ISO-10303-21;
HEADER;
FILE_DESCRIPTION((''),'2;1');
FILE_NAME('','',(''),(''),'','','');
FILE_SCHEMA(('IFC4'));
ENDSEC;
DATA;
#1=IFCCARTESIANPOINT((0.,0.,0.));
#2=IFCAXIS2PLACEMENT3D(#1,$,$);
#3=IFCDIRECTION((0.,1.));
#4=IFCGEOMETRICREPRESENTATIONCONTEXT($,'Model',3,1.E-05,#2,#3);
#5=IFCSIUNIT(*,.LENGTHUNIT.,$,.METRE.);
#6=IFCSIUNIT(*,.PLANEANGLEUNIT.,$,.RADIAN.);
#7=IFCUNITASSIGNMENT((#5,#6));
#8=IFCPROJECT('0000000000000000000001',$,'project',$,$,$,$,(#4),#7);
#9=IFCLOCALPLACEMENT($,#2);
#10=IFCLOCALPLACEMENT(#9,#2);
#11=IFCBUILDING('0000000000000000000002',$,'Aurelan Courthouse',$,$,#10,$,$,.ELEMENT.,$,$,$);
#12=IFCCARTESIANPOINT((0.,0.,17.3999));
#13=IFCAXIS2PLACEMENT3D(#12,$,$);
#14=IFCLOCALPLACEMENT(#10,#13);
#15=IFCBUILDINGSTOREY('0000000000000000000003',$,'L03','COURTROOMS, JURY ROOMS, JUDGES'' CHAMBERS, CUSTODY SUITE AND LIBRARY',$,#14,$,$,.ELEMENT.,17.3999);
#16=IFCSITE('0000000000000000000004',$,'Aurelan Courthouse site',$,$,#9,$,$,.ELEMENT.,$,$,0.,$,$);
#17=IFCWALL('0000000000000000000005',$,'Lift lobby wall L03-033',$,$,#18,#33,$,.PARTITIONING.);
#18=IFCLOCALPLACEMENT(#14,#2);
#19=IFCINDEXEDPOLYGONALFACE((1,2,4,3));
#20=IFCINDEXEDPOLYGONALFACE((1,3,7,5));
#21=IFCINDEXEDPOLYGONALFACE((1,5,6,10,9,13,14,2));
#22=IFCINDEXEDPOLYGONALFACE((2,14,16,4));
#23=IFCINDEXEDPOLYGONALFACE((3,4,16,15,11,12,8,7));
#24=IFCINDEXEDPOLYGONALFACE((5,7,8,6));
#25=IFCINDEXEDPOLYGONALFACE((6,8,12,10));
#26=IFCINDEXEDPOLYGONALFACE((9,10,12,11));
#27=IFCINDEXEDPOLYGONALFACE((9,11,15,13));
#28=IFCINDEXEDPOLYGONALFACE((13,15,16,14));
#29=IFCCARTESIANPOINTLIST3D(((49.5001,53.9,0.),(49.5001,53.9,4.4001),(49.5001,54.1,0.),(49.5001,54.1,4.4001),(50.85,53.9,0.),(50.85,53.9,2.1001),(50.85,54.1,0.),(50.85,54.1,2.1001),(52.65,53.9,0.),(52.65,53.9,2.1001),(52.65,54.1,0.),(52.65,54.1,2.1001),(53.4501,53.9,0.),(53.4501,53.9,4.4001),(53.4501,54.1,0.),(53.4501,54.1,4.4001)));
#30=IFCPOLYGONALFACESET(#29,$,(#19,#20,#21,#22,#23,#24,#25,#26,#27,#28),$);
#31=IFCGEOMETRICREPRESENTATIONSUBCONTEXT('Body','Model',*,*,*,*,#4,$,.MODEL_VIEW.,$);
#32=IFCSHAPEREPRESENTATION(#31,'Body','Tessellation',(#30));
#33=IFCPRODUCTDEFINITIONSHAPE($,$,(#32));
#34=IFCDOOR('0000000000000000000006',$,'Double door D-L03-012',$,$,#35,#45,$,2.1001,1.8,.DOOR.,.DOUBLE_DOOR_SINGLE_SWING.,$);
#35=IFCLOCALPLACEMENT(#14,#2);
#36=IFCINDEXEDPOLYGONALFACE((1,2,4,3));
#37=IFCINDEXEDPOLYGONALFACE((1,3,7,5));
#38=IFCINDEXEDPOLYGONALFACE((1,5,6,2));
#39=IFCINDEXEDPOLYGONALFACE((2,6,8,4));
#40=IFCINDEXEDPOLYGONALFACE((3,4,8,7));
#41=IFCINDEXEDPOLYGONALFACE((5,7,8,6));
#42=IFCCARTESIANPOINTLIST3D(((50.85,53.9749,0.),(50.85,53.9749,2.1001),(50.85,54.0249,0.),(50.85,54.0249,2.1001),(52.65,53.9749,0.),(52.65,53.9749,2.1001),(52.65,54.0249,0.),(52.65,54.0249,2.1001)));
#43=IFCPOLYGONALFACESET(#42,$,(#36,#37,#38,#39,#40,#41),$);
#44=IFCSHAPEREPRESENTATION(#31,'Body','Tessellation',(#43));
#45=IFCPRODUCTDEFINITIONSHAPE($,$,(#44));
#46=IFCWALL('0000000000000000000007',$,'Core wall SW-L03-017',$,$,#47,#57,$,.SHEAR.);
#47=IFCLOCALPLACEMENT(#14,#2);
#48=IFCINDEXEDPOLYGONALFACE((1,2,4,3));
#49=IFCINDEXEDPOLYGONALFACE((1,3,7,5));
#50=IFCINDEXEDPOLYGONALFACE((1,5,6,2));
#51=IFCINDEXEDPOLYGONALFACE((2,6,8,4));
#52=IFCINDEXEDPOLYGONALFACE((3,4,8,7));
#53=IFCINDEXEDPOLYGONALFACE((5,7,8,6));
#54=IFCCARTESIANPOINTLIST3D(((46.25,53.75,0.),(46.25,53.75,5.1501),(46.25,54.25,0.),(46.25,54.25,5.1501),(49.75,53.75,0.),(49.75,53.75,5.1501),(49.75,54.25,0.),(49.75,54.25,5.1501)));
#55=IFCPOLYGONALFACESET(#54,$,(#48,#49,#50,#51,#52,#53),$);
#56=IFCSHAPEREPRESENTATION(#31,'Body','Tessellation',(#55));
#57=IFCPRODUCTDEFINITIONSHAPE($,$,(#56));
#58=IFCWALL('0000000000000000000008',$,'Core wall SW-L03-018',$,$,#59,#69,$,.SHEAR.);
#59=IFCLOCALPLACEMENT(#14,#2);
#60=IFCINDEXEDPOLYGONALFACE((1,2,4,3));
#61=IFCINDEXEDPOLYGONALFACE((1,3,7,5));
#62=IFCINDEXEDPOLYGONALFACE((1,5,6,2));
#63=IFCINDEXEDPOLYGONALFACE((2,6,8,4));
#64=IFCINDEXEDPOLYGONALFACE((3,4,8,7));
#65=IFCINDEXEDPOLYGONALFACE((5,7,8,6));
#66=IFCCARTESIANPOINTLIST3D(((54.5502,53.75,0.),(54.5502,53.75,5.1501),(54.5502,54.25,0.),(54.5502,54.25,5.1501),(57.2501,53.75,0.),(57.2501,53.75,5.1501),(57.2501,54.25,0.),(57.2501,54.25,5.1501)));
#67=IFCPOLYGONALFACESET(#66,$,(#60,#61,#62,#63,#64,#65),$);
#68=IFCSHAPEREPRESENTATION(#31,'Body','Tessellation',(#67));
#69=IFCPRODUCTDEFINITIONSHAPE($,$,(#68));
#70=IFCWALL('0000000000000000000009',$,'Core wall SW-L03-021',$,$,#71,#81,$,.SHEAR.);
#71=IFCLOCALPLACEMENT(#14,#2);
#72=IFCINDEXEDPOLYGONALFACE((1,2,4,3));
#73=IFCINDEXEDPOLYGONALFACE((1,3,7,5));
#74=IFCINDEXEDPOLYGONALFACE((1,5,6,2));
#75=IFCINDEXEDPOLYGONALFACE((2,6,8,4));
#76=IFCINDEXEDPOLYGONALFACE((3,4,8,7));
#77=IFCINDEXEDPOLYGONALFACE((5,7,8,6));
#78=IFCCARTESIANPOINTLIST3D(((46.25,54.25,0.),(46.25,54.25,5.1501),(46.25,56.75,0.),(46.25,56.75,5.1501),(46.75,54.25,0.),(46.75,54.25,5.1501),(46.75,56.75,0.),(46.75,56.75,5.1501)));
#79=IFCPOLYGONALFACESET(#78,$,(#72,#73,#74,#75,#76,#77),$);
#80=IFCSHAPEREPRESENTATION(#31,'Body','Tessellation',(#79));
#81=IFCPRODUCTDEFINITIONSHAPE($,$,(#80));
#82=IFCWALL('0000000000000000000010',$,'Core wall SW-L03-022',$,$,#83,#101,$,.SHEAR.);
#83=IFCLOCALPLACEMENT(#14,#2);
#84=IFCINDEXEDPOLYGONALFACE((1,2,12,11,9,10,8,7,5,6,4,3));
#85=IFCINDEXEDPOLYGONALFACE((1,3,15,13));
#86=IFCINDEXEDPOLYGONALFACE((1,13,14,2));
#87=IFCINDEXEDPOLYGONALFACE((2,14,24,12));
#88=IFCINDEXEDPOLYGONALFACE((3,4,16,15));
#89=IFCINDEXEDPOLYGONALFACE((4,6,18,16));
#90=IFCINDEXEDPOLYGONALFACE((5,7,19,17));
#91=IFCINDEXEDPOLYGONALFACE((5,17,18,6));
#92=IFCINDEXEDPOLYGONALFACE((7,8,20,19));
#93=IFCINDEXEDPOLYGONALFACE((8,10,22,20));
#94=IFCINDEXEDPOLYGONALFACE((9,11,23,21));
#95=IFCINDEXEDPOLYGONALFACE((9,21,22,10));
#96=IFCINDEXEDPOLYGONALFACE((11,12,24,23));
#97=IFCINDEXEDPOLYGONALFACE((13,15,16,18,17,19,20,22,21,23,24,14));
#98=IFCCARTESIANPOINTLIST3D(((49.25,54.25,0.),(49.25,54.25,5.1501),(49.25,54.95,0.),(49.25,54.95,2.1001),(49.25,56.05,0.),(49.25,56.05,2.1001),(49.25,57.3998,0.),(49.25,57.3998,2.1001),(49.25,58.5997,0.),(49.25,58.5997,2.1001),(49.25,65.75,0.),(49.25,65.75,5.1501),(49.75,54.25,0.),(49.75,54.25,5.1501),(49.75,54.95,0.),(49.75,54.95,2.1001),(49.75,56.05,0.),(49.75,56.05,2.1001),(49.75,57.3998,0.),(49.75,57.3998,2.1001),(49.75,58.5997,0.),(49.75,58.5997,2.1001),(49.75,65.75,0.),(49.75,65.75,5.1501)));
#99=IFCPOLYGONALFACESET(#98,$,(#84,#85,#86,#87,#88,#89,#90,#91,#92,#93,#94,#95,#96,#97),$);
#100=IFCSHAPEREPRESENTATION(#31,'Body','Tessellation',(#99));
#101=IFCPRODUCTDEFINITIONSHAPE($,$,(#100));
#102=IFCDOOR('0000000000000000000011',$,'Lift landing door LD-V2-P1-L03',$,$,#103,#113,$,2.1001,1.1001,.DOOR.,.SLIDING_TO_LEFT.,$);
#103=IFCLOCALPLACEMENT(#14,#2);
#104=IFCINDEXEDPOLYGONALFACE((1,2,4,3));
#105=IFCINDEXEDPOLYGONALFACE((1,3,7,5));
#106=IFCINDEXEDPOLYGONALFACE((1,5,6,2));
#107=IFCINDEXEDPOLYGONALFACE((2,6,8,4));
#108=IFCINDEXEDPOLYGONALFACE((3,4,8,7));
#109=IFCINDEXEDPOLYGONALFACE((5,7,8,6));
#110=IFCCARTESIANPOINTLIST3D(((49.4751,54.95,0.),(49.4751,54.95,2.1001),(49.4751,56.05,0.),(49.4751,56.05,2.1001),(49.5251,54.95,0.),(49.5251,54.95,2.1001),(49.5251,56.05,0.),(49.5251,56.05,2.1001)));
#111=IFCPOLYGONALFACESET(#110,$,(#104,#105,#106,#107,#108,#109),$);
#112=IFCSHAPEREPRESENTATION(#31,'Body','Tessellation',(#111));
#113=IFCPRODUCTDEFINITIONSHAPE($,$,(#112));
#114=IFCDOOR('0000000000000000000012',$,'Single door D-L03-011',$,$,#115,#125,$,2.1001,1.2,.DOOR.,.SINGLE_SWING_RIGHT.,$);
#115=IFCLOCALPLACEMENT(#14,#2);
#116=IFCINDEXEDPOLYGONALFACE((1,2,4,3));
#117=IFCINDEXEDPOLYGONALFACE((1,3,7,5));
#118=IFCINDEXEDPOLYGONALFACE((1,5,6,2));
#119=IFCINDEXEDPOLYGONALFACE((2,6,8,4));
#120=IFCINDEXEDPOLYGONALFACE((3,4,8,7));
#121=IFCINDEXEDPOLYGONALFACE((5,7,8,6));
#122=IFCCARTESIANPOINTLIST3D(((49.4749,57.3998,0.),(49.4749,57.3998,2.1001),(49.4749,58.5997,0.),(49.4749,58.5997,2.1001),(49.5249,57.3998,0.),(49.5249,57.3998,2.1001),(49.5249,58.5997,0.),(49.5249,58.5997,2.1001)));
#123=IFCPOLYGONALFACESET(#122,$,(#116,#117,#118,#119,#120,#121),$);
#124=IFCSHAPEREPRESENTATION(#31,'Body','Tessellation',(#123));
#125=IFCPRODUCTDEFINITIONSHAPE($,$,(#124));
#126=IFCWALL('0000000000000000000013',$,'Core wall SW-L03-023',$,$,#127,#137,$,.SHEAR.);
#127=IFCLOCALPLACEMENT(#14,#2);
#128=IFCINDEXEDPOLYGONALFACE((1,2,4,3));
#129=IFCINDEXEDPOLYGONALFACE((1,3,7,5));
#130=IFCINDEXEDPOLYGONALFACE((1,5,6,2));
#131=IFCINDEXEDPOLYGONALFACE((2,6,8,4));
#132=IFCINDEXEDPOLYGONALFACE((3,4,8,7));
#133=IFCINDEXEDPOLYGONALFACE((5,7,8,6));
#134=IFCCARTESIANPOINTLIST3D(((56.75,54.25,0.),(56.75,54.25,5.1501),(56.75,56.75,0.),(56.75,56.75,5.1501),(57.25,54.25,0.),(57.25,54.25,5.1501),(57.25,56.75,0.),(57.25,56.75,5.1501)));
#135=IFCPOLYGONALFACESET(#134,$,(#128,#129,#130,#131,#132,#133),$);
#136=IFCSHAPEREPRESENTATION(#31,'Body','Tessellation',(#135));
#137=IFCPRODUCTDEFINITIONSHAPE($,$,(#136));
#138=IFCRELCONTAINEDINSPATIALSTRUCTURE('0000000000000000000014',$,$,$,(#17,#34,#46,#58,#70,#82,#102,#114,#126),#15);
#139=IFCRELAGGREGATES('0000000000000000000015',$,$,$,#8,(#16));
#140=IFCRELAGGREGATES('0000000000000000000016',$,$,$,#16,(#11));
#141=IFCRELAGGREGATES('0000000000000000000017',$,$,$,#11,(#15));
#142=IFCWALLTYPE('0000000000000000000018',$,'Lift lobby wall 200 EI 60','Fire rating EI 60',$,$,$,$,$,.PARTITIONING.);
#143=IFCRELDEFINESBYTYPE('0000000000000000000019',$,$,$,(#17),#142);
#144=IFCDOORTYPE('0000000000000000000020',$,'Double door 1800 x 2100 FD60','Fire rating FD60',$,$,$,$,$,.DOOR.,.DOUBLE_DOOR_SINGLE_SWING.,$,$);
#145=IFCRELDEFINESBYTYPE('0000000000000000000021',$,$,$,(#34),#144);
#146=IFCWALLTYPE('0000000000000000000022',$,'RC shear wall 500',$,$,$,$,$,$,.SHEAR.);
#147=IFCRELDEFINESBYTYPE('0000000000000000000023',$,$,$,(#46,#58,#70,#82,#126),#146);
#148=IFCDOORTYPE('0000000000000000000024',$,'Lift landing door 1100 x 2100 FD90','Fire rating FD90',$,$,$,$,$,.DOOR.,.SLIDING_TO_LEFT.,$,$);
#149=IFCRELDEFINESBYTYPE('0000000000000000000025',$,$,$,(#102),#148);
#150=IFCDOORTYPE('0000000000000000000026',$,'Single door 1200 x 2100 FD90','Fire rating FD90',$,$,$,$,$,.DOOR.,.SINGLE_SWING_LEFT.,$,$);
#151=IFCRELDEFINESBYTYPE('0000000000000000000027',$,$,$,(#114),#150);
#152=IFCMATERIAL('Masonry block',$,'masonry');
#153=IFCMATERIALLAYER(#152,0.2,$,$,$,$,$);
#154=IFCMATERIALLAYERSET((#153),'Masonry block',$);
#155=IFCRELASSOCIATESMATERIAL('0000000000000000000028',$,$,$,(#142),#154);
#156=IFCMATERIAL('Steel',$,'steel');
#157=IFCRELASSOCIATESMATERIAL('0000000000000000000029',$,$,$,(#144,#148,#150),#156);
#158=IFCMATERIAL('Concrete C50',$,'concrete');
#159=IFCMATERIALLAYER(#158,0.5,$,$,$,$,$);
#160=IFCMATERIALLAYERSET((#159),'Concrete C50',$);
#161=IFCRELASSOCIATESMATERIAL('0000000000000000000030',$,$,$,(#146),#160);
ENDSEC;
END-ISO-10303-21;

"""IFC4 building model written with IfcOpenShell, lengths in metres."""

from ifc_helpers import new_model, si_unit, direction, frame, frame_2d, origin, place, context, subcontext, project, spatial, rectangle, extrude, material, layer, layer_set, type_object, element, fill, save


model = new_model("IFC4")

# Units and contexts
model_context = context("Model", 3, precision=1e-05, world=origin(), true_north=direction((0.0, 1.0)))
body_context = subcontext(model_context, "Body", "Model", "MODEL_VIEW")
ifc_project = project(units=[si_unit("LENGTHUNIT", "METRE"), si_unit("PLANEANGLEUNIT", "RADIAN")], contexts=[model_context])

# Site, building, storey
site_placement = place(None, origin())
site = spatial("IfcSite", under=ifc_project, at=site_placement, Name="Aurelan Courthouse site", CompositionType="ELEMENT", RefElevation=0.0)
building_placement = place(site_placement, origin())
building = spatial("IfcBuilding", under=site, at=building_placement, Name="Aurelan Courthouse", CompositionType="ELEMENT")
storey_placement = place(building_placement, frame((0.0, 0.0, 17.3999)))
storey = spatial("IfcBuildingStorey", under=building, at=storey_placement, Name="L03", Description="COURTROOMS, JURY ROOMS, JUDGES' CHAMBERS, CUSTODY SUITE AND LIBRARY", CompositionType="ELEMENT", Elevation=17.3999)

# Shared definitions
ifc_material_1 = material(Name="Concrete C50", Category="concrete")

# Shared definitions
ifc_material_2 = material(Name="Steel", Category="steel")

# Shared definitions
ifc_material_3 = material(Name="Masonry block", Category="masonry")

# Wall, opening, door
ifc_layer_1 = layer(ifc_material_3, 0.2)
ifc_layer_set_1 = layer_set([ifc_layer_1], Name="Masonry block")
wall_type_1 = type_object("IfcWallType", Name="Lift lobby wall 200 EI 60", Description="Fire rating EI 60", PredefinedType="PARTITIONING", material=ifc_layer_set_1)
wall_1_placement = place(storey_placement, frame((49.5, 54.0, 0.0), z_axis=(0.0, 0.0, 1.0), x_axis=(1.0, 0.0, 0.0)))
wall_1 = element("IfcWall", 1, at=wall_1_placement, inside=storey, type_object=wall_type_1, Name="Lift lobby wall L03-033", PredefinedType="PARTITIONING", context=body_context, shape_type="SweptSolid", body=[
    extrude(rectangle(XDim=3.95, YDim=0.2, at=frame_2d((1.9751, 0.0))), origin(), (0.0, 0.0, 1.0), 4.4001),
])
opening_1_placement = place(wall_1_placement, frame((1.3501, 0.0, 0.0)))
opening_1 = element("IfcOpeningElement", 2, at=opening_1_placement, cuts=wall_1, PredefinedType="OPENING", context=body_context, shape_type="SweptSolid", body=[
    extrude(rectangle(XDim=1.8, YDim=2.1001, at=frame_2d((0.8999, 1.05))), frame((0.0, 0.1099, 0.0), z_axis=(0.0, -1.0, 0.0), x_axis=(1.0, 0.0, 0.0)), (0.0, 0.0, 1.0), 0.22),
])
door_type_1 = type_object("IfcDoorType", Name="Double door 1800 x 2100 FD60", Description="Fire rating FD60", OperationType="DOUBLE_DOOR_SINGLE_SWING", PredefinedType="DOOR", material=ifc_material_2)
door_1_placement = place(opening_1_placement, origin())
door_1 = element("IfcDoor", 3, at=door_1_placement, inside=storey, type_object=door_type_1, Name="Double door D-L03-012", OperationType="DOUBLE_DOOR_SINGLE_SWING", OverallHeight=2.1001, OverallWidth=1.8, PredefinedType="DOOR", context=body_context, shape_type="SweptSolid", body=[
    extrude(rectangle(XDim=1.8, YDim=2.1001, at=frame_2d((0.8999, 1.05))), frame((0.0, 0.0249, 0.0), z_axis=(0.0, -1.0, 0.0), x_axis=(1.0, 0.0, 0.0)), (0.0, 0.0, 1.0), 0.05),
])
fill(opening_1, door_1)

# Walls
ifc_layer_2 = layer(ifc_material_1, 0.5)
ifc_layer_set_2 = layer_set([ifc_layer_2], Name="Concrete C50")
wall_type_2 = type_object("IfcWallType", Name="RC shear wall 500", PredefinedType="SHEAR", material=ifc_layer_set_2)
wall_2_placement = place(storey_placement, frame((46.25, 54.0, 0.0), z_axis=(0.0, 0.0, 1.0), x_axis=(1.0, 0.0, 0.0)))
element("IfcWall", 4, at=wall_2_placement, inside=storey, type_object=wall_type_2, Name="Core wall SW-L03-017", PredefinedType="SHEAR", context=body_context, shape_type="SweptSolid", body=[
    extrude(rectangle(XDim=3.5, YDim=0.5, at=frame_2d((1.75, 0.0))), origin(), (0.0, 0.0, 1.0), 5.1501),
])
wall_3_placement = place(storey_placement, frame((54.55, 54.0, 0.0), z_axis=(0.0, 0.0, 1.0), x_axis=(1.0, 0.0, 0.0)))
element("IfcWall", 5, at=wall_3_placement, inside=storey, type_object=wall_type_2, Name="Core wall SW-L03-018", PredefinedType="SHEAR", context=body_context, shape_type="SweptSolid", body=[
    extrude(rectangle(XDim=2.7, YDim=0.5, at=frame_2d((1.3501, 0.0))), origin(), (0.0, 0.0, 1.0), 5.1501),
])
wall_4_placement = place(storey_placement, frame((46.5, 54.25, 0.0), z_axis=(0.0, 0.0, 1.0), x_axis=(0.0, 1.0, 0.0)))
element("IfcWall", 6, at=wall_4_placement, inside=storey, type_object=wall_type_2, Name="Core wall SW-L03-021", PredefinedType="SHEAR", context=body_context, shape_type="SweptSolid", body=[
    extrude(rectangle(XDim=2.5, YDim=0.5, at=frame_2d((1.25, 0.0))), origin(), (0.0, 0.0, 1.0), 5.1501),
])

# Wall, openings, doors
wall_5_placement = place(storey_placement, frame((49.5, 54.25, 0.0), z_axis=(0.0, 0.0, 1.0), x_axis=(0.0, 1.0, 0.0)))
wall_5 = element("IfcWall", 7, at=wall_5_placement, inside=storey, type_object=wall_type_2, Name="Core wall SW-L03-022", PredefinedType="SHEAR", context=body_context, shape_type="SweptSolid", body=[
    extrude(rectangle(XDim=11.5, YDim=0.5, at=frame_2d((5.75, 0.0))), origin(), (0.0, 0.0, 1.0), 5.1501),
])
opening_2_placement = place(wall_5_placement, frame((0.7, 0.0, 0.0)))
opening_2 = element("IfcOpeningElement", 8, at=opening_2_placement, cuts=wall_5, PredefinedType="OPENING", context=body_context, shape_type="SweptSolid", body=[
    extrude(rectangle(XDim=1.1001, YDim=2.1001, at=frame_2d((0.55, 1.05))), frame((0.0, 0.26, 0.0), z_axis=(0.0, -1.0, 0.0), x_axis=(1.0, 0.0, 0.0)), (0.0, 0.0, 1.0), 0.52),
])
opening_3_placement = place(wall_5_placement, frame((4.3499, 0.0, 0.0), z_axis=(0.0, 0.0, 1.0), x_axis=(-1.0, 0.0, 0.0)))
opening_3 = element("IfcOpeningElement", 9, at=opening_3_placement, cuts=wall_5, PredefinedType="OPENING", context=body_context, shape_type="SweptSolid", body=[
    extrude(rectangle(XDim=1.2, YDim=2.1001, at=frame_2d((0.6001, 1.05))), frame((0.0, 0.26, 0.0), z_axis=(0.0, -1.0, 0.0), x_axis=(1.0, 0.0, 0.0)), (0.0, 0.0, 1.0), 0.52),
])
door_type_2 = type_object("IfcDoorType", Name="Lift landing door 1100 x 2100 FD90", Description="Fire rating FD90", OperationType="SLIDING_TO_LEFT", PredefinedType="DOOR", material=ifc_material_2)
door_2_placement = place(opening_2_placement, origin())
door_2 = element("IfcDoor", 10, at=door_2_placement, inside=storey, type_object=door_type_2, Name="Lift landing door LD-V2-P1-L03", OperationType="SLIDING_TO_LEFT", OverallHeight=2.1001, OverallWidth=1.1001, PredefinedType="DOOR", context=body_context, shape_type="SweptSolid", body=[
    extrude(rectangle(XDim=1.1001, YDim=2.1001, at=frame_2d((0.55, 1.05))), frame((0.0, 0.0249, 0.0), z_axis=(0.0, -1.0, 0.0), x_axis=(1.0, 0.0, 0.0)), (0.0, 0.0, 1.0), 0.05),
])
fill(opening_2, door_2)
door_type_3 = type_object("IfcDoorType", Name="Single door 1200 x 2100 FD90", Description="Fire rating FD90", OperationType="SINGLE_SWING_LEFT", PredefinedType="DOOR", material=ifc_material_2)
door_3_placement = place(opening_3_placement, origin())
door_3 = element("IfcDoor", 11, at=door_3_placement, inside=storey, type_object=door_type_3, Name="Single door D-L03-011", OperationType="SINGLE_SWING_RIGHT", OverallHeight=2.1001, OverallWidth=1.2, PredefinedType="DOOR", context=body_context, shape_type="SweptSolid", body=[
    extrude(rectangle(XDim=1.2, YDim=2.1001, at=frame_2d((0.6001, 1.05))), frame((0.0, 0.0249, 0.0), z_axis=(0.0, -1.0, 0.0), x_axis=(1.0, 0.0, 0.0)), (0.0, 0.0, 1.0), 0.05),
])
fill(opening_3, door_3)

# Wall
wall_6_placement = place(storey_placement, frame((57.0, 54.25, 0.0), z_axis=(0.0, 0.0, 1.0), x_axis=(0.0, 1.0, 0.0)))
element("IfcWall", 12, at=wall_6_placement, inside=storey, type_object=wall_type_2, Name="Core wall SW-L03-023", PredefinedType="SHEAR", context=body_context, shape_type="SweptSolid", body=[
    extrude(rectangle(XDim=2.5, YDim=0.5, at=frame_2d((1.25, 0.0))), origin(), (0.0, 0.0, 1.0), 5.1501),
])

save(model, "model.ifc")
